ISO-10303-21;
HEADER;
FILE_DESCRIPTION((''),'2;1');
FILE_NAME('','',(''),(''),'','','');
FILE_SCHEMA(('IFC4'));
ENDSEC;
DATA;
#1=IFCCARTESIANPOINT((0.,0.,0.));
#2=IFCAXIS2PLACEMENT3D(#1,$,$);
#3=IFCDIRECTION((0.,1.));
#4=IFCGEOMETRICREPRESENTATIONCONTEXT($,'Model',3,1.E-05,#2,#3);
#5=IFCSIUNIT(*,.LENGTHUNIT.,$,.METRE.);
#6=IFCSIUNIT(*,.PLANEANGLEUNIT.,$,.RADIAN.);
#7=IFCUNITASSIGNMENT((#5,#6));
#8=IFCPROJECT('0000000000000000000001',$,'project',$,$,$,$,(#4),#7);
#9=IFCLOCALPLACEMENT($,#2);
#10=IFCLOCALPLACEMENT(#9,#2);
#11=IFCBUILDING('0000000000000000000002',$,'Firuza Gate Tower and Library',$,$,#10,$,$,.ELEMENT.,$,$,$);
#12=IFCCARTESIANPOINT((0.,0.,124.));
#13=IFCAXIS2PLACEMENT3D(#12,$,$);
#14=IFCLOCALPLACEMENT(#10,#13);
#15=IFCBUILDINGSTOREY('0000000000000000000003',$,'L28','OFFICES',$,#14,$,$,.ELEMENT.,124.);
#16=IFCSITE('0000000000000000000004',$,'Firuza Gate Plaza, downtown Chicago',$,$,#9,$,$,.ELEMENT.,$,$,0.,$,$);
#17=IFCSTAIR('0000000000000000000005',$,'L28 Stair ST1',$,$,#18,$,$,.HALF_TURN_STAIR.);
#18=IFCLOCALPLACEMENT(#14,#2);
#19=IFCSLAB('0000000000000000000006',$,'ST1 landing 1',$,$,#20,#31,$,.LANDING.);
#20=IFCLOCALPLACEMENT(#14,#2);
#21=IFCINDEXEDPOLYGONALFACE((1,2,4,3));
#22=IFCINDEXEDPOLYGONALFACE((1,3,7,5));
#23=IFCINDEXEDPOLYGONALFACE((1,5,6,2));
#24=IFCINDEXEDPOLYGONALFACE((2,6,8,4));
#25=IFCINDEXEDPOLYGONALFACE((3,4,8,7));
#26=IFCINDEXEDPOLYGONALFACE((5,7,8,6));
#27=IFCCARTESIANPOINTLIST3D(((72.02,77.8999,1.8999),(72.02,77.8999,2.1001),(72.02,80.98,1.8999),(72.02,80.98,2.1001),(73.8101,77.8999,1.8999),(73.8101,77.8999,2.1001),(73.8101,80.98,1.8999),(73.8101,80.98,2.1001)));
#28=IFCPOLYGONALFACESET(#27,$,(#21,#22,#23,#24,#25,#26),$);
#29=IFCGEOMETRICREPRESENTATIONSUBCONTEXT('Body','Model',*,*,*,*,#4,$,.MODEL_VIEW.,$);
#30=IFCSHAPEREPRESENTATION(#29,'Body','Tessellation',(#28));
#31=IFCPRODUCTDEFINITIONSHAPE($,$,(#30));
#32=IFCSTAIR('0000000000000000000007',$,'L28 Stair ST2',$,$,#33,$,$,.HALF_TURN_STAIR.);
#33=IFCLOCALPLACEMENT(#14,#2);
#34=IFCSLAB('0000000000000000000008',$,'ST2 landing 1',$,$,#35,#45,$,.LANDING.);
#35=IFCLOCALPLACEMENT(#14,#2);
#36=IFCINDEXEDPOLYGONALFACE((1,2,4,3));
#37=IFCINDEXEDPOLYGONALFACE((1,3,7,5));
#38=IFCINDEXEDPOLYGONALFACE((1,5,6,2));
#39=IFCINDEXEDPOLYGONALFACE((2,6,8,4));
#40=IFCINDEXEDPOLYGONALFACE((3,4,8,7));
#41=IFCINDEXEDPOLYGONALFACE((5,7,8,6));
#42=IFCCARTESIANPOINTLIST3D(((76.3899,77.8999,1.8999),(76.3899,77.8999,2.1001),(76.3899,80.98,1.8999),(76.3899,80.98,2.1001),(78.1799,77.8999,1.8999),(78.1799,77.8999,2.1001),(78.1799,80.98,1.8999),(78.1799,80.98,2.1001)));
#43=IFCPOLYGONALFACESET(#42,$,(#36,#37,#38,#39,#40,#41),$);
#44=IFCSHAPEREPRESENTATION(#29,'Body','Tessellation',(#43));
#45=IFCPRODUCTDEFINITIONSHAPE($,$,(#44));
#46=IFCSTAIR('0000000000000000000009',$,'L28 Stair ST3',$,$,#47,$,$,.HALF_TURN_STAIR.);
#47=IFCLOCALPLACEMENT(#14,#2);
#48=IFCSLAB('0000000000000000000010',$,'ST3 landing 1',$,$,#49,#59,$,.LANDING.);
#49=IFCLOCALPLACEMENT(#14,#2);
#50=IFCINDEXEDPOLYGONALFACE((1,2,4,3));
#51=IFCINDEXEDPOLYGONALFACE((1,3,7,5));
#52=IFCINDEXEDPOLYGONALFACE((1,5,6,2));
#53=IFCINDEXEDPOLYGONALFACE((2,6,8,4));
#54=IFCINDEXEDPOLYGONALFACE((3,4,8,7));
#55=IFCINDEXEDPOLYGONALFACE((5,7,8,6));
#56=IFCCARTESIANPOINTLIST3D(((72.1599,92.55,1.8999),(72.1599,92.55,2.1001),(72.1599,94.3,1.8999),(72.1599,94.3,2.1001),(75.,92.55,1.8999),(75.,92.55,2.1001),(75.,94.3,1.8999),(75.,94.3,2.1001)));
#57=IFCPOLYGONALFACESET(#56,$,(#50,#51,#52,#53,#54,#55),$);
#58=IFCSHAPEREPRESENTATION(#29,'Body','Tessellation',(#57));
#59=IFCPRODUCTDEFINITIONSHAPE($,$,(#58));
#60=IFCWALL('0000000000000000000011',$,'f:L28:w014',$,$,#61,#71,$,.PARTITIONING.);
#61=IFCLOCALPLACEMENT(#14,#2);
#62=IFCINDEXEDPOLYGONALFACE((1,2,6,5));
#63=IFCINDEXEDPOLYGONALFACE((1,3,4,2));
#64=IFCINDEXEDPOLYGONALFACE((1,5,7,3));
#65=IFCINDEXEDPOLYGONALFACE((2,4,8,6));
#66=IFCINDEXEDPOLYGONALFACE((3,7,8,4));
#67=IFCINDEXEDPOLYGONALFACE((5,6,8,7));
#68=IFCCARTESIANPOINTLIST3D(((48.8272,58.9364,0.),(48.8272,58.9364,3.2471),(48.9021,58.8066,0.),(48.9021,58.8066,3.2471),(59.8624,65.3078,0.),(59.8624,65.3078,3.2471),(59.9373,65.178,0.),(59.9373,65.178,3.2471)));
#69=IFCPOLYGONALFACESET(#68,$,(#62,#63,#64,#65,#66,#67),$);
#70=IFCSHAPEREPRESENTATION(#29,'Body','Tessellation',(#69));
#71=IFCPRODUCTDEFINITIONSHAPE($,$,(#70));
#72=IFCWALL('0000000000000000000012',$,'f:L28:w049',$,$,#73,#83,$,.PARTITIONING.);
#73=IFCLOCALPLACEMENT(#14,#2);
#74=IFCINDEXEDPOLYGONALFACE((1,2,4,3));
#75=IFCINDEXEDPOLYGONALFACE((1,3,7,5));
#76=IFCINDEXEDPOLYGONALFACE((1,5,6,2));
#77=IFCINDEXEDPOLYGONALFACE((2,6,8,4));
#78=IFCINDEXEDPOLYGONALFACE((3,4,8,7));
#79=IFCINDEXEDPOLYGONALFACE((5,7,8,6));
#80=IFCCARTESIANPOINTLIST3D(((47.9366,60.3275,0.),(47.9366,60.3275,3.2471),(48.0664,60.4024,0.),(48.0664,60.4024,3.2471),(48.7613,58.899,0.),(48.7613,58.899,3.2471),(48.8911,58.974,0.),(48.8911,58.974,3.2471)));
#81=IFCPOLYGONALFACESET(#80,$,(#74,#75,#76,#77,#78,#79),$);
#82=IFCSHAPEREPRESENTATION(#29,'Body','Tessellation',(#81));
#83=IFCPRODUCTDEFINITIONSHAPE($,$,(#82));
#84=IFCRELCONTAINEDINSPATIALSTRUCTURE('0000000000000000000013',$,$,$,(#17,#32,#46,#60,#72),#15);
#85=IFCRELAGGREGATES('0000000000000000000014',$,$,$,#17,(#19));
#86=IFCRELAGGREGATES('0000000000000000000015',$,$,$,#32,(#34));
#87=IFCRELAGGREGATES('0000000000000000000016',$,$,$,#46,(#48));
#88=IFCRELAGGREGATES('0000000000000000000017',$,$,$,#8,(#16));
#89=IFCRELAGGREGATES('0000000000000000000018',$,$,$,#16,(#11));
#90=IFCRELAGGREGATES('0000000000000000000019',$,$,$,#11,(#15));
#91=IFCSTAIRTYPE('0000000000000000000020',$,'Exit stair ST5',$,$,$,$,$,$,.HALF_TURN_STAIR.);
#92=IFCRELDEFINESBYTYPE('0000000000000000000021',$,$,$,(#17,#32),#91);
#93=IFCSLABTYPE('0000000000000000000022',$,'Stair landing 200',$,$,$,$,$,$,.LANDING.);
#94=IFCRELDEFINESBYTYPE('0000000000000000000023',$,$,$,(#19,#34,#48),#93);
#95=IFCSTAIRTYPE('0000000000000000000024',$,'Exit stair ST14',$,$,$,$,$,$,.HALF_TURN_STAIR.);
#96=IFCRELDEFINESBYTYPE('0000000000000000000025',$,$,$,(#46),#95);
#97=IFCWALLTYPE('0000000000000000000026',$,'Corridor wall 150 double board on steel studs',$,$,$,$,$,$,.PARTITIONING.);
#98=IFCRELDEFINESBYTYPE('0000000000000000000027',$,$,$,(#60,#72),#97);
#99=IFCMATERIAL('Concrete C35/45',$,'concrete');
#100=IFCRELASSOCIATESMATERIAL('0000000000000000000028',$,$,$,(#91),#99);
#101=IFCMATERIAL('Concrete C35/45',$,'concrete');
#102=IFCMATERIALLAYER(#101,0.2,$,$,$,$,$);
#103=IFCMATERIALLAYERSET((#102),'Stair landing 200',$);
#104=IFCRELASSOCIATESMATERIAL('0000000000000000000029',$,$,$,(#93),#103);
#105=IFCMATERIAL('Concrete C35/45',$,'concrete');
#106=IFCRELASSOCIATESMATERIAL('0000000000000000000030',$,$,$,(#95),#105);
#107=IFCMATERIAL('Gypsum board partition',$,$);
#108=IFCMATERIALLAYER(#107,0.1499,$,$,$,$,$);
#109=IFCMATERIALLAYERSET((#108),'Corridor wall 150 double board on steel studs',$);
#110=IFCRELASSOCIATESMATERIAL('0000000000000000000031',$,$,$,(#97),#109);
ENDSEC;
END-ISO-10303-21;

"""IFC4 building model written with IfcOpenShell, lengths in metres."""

from ifc_helpers import new_model, si_unit, direction, frame, frame_2d, origin, place, context, subcontext, project, spatial, polyline, rectangle, outline, extrude, material, layer, layer_set, type_object, element, aggregate, save


model = new_model("IFC4")

# Units and contexts
model_context = context("Model", 3, precision=1e-05, world=origin(), true_north=direction((0.0, 1.0)))
body_context = subcontext(model_context, "Body", "Model", "MODEL_VIEW")
ifc_project = project(units=[si_unit("LENGTHUNIT", "METRE"), si_unit("PLANEANGLEUNIT", "RADIAN")], contexts=[model_context])

# Site, building, storey
site_placement = place(None, origin())
site = spatial("IfcSite", under=ifc_project, at=site_placement, Name="Firuza Gate Plaza, downtown Chicago", CompositionType="ELEMENT", RefElevation=0.0)
building_placement = place(site_placement, origin())
building = spatial("IfcBuilding", under=site, at=building_placement, Name="Firuza Gate Tower and Library", CompositionType="ELEMENT")
storey_placement = place(building_placement, frame((0.0, 0.0, 124.0)))
storey = spatial("IfcBuildingStorey", under=building, at=storey_placement, Name="L28", Description="OFFICES", CompositionType="ELEMENT", Elevation=124.0)

# Shared definitions
placement_1 = place(storey_placement, origin())

# Stairs, slabs
ifc_material_1 = material(Name="Concrete C35/45", Category="concrete")
stair_type_1 = type_object("IfcStairType", Name="Exit stair ST5", PredefinedType="HALF_TURN_STAIR", material=ifc_material_1)
stair_1 = element("IfcStair", 1, at=placement_1, inside=storey, type_object=stair_type_1, Name="L28 Stair ST1", PredefinedType="HALF_TURN_STAIR")
ifc_material_2 = material(Name="Concrete C35/45", Category="concrete")
ifc_layer_1 = layer(ifc_material_2, 0.2)
ifc_layer_set_1 = layer_set([ifc_layer_1], Name="Stair landing 200")
slab_type_1 = type_object("IfcSlabType", Name="Stair landing 200", PredefinedType="LANDING", material=ifc_layer_set_1)
placement_2 = place(storey_placement, frame((0.0, 0.0, 1.8999)))
slab_1 = element("IfcSlab", 2, at=placement_2, type_object=slab_type_1, Name="ST1 landing 1", PredefinedType="LANDING", context=body_context, shape_type="SweptSolid", body=[
    extrude(outline(polyline([(72.02, 77.8999), (73.8101, 77.8999), (73.8101, 80.98), (72.02, 80.98), (72.02, 77.8999)])), origin(), (0.0, 0.0, 1.0), 0.2002),
])
aggregate(stair_1, [slab_1])
stair_2 = element("IfcStair", 3, at=placement_1, inside=storey, type_object=stair_type_1, Name="L28 Stair ST2", PredefinedType="HALF_TURN_STAIR")
slab_2 = element("IfcSlab", 4, at=placement_2, type_object=slab_type_1, Name="ST2 landing 1", PredefinedType="LANDING", context=body_context, shape_type="SweptSolid", body=[
    extrude(outline(polyline([(78.1799, 80.98), (76.3899, 80.98), (76.3899, 77.8999), (78.1799, 77.8999), (78.1799, 80.98)])), origin(), (0.0, 0.0, 1.0), 0.2002),
])
aggregate(stair_2, [slab_2])
ifc_material_3 = material(Name="Concrete C35/45", Category="concrete")
stair_type_2 = type_object("IfcStairType", Name="Exit stair ST14", PredefinedType="HALF_TURN_STAIR", material=ifc_material_3)
stair_3 = element("IfcStair", 5, at=placement_1, inside=storey, type_object=stair_type_2, Name="L28 Stair ST3", PredefinedType="HALF_TURN_STAIR")
slab_3 = element("IfcSlab", 6, at=placement_2, type_object=slab_type_1, Name="ST3 landing 1", PredefinedType="LANDING", context=body_context, shape_type="SweptSolid", body=[
    extrude(outline(polyline([(75.0, 92.55), (75.0, 94.3), (72.1599, 94.3), (72.1599, 92.55), (75.0, 92.55)])), origin(), (0.0, 0.0, 1.0), 0.2002),
])
aggregate(stair_3, [slab_3])

# Walls
ifc_material_4 = material(Name="Gypsum board partition")
ifc_layer_2 = layer(ifc_material_4, 0.1499)
ifc_layer_set_2 = layer_set([ifc_layer_2], Name="Corridor wall 150 double board on steel studs")
wall_type = type_object("IfcWallType", Name="Corridor wall 150 double board on steel studs", PredefinedType="PARTITIONING", material=ifc_layer_set_2)
wall_1_placement = place(storey_placement, frame((48.8647, 58.8716, 0.0), z_axis=(0.0, 0.0, 1.0), x_axis=(0.866019, 0.500011, 0.0)))
element("IfcWall", 7, at=wall_1_placement, inside=storey, type_object=wall_type, Name="f:L28:w014", PredefinedType="PARTITIONING", context=body_context, shape_type="SweptSolid", body=[
    extrude(rectangle(XDim=12.7424, YDim=0.1499, at=frame_2d((6.3711, 0.0))), origin(), (0.0, 0.0, 1.0), 3.2471),
])
wall_2_placement = place(storey_placement, frame((48.8262, 58.9365, 0.0), z_axis=(0.0, 0.0, 1.0), x_axis=(-0.499992, 0.86603, 0.0)))
element("IfcWall", 8, at=wall_2_placement, inside=storey, type_object=wall_type, Name="f:L28:w049", PredefinedType="PARTITIONING", context=body_context, shape_type="SweptSolid", body=[
    extrude(rectangle(XDim=1.6494, YDim=0.1499, at=frame_2d((0.8247, 0.0))), origin(), (0.0, 0.0, 1.0), 3.2471),
])

save(model, "model.ifc")
